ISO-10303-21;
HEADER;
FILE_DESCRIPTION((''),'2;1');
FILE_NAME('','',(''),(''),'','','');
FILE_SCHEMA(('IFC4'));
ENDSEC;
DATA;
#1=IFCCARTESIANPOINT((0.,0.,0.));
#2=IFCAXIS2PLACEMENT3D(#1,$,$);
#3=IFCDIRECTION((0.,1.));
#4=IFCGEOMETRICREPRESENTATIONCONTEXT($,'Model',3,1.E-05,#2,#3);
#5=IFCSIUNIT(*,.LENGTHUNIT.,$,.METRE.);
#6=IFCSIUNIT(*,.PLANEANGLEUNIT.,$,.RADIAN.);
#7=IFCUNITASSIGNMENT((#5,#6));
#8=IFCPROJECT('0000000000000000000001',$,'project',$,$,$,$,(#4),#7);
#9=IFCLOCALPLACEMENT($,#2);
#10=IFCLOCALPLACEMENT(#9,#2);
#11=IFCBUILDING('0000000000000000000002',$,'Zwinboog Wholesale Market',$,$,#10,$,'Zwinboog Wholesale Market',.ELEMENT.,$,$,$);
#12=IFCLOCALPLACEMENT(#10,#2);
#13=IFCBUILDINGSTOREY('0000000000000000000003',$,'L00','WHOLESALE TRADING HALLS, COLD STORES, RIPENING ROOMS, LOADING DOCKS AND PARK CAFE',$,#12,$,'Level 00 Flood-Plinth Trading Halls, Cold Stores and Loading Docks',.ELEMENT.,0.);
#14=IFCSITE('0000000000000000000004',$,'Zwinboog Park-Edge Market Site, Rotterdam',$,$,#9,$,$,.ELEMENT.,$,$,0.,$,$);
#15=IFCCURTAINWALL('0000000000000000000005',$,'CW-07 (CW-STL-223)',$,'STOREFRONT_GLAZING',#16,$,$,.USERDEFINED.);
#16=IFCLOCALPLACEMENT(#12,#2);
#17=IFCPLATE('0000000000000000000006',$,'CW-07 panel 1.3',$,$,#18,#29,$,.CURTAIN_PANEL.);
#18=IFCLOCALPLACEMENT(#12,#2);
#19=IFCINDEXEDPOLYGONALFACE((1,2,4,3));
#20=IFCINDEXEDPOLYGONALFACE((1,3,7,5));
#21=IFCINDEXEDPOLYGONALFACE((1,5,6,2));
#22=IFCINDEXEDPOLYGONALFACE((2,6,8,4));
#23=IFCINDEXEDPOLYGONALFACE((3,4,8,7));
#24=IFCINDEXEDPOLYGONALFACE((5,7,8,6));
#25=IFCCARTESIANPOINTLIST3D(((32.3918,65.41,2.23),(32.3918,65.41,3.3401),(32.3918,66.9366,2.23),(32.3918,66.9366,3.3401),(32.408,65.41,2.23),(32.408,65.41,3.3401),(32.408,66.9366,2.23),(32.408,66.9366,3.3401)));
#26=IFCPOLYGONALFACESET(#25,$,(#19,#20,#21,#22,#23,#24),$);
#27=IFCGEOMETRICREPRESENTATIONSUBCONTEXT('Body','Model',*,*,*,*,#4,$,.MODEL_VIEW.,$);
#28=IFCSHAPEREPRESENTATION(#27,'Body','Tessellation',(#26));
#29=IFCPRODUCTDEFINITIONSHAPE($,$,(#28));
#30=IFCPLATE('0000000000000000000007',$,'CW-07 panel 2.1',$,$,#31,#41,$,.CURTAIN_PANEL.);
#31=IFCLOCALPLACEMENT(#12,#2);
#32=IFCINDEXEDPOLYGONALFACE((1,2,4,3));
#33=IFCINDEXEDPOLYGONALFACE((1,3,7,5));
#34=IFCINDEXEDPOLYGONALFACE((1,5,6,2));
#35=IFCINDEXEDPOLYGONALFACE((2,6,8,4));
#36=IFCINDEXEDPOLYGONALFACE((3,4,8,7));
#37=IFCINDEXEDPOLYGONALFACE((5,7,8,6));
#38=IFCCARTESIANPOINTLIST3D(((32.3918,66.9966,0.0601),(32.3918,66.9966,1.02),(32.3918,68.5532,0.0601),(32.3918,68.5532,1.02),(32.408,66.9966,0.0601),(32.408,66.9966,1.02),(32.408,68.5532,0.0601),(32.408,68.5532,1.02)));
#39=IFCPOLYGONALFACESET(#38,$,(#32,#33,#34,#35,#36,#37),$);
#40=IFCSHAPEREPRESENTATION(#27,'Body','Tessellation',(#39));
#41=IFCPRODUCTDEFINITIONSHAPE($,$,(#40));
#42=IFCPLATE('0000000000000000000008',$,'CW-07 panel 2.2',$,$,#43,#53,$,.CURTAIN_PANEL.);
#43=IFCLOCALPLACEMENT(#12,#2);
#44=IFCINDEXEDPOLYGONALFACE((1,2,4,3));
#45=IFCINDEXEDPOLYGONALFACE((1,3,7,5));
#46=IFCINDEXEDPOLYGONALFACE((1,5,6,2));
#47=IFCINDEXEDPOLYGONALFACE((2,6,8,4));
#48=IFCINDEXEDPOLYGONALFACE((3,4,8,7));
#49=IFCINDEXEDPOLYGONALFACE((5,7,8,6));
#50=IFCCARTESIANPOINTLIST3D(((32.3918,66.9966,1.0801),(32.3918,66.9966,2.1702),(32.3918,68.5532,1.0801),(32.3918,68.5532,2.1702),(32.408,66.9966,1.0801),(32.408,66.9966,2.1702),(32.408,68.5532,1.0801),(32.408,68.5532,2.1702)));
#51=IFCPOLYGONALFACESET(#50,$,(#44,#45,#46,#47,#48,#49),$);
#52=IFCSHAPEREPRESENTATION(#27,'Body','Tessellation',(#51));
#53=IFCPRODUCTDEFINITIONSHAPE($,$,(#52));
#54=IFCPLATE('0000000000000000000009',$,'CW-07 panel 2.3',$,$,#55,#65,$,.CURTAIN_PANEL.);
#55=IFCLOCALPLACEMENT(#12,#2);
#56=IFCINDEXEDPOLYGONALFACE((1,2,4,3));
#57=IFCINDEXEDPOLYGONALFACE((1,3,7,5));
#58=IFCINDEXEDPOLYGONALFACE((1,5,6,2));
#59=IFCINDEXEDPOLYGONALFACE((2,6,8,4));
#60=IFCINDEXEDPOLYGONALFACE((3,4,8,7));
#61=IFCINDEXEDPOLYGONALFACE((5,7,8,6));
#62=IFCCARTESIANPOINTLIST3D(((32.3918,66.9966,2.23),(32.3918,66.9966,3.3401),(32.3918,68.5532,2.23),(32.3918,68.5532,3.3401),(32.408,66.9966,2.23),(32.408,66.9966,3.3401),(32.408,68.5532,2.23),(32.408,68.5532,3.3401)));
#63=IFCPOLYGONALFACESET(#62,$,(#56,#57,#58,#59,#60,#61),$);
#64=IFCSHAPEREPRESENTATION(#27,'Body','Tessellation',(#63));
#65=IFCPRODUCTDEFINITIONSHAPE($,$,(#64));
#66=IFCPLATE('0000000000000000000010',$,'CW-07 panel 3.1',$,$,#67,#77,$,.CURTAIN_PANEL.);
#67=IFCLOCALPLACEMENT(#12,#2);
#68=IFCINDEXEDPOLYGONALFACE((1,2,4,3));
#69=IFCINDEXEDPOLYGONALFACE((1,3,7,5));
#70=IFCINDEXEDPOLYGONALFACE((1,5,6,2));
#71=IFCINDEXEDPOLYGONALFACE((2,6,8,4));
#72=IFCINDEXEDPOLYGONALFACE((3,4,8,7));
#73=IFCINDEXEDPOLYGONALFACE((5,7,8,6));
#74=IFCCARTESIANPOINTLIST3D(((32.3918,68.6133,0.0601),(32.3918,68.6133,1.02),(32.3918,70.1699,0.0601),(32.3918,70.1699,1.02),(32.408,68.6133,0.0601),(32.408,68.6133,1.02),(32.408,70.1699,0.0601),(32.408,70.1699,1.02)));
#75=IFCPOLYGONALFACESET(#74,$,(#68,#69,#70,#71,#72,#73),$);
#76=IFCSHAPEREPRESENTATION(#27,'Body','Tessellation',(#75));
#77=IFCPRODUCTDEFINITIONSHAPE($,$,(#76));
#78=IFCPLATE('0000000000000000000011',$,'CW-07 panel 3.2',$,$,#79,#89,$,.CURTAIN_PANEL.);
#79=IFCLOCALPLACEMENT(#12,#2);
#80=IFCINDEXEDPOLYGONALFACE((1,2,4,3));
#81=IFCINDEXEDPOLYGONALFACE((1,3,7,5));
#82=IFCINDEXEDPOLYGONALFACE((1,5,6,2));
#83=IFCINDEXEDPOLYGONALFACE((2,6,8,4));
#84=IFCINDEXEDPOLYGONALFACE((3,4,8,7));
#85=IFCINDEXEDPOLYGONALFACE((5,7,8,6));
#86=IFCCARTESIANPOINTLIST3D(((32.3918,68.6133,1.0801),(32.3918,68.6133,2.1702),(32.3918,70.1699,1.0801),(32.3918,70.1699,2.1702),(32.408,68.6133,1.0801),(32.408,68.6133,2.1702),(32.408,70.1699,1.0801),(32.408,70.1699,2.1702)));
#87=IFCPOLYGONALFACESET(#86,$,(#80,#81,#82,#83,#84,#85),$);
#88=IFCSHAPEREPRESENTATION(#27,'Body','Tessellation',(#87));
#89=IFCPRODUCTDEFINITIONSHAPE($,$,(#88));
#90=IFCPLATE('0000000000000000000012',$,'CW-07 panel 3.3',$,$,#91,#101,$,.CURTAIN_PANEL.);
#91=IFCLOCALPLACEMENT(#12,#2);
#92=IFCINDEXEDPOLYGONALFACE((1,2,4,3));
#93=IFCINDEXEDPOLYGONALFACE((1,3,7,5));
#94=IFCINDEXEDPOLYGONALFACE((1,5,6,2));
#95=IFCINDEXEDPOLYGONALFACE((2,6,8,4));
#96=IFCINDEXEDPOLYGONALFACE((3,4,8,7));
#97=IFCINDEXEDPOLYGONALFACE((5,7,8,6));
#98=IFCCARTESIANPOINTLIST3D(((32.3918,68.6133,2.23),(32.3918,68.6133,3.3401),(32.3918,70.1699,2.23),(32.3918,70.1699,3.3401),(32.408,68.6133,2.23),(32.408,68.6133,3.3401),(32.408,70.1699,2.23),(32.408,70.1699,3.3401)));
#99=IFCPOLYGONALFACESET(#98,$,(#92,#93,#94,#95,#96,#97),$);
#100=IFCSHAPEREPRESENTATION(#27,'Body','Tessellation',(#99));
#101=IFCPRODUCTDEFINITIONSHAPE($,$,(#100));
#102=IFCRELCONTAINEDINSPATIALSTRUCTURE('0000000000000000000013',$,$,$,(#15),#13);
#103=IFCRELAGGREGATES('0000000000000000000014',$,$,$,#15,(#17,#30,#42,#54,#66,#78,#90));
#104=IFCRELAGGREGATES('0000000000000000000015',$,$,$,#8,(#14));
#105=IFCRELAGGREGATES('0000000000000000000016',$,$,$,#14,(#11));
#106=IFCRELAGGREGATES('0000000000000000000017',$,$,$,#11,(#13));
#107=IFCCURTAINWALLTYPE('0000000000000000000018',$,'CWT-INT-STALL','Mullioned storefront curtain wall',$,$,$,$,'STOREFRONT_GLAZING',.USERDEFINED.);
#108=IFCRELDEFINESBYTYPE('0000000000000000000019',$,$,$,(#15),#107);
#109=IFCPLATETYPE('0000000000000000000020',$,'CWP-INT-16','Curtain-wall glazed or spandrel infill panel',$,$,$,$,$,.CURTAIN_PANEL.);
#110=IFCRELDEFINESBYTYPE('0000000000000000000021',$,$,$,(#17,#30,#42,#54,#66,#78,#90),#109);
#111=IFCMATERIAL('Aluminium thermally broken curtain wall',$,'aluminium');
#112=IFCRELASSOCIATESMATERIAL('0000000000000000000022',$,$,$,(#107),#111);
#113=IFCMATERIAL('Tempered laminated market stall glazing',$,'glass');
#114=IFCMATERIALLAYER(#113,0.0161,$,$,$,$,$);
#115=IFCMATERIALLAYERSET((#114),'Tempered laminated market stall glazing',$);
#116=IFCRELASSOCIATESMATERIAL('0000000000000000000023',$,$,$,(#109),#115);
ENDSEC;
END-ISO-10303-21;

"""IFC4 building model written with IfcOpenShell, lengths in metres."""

from ifc_helpers import new_model, si_unit, direction, frame, origin, origin_2d, place, context, subcontext, project, spatial, rectangle, extrude, material, layer, layer_set, type_object, element, aggregate, save


model = new_model("IFC4")

# Units and contexts
model_context = context("Model", 3, precision=1e-05, world=origin(), true_north=direction((0.0, 1.0)))
body_context = subcontext(model_context, "Body", "Model", "MODEL_VIEW")
ifc_project = project(units=[si_unit("LENGTHUNIT", "METRE"), si_unit("PLANEANGLEUNIT", "RADIAN")], contexts=[model_context])

# Site, building, storey
site_placement = place(None, origin())
site = spatial("IfcSite", under=ifc_project, at=site_placement, Name="Zwinboog Park-Edge Market Site, Rotterdam", CompositionType="ELEMENT", RefElevation=0.0)
building_placement = place(site_placement, origin())
building = spatial("IfcBuilding", under=site, at=building_placement, Name="Zwinboog Wholesale Market", LongName="Zwinboog Wholesale Market", CompositionType="ELEMENT")
storey_placement = place(building_placement, origin())
storey = spatial("IfcBuildingStorey", under=building, at=storey_placement, Name="L00", Description="WHOLESALE TRADING HALLS, COLD STORES, RIPENING ROOMS, LOADING DOCKS AND PARK CAFE", LongName="Level 00 Flood-Plinth Trading Halls, Cold Stores and Loading Docks", CompositionType="ELEMENT", Elevation=0.0)

# Curtain wall, plates
ifc_material_1 = material(Name="Aluminium thermally broken curtain wall", Category="aluminium")
curtain_wall_type = type_object("IfcCurtainWallType", Name="CWT-INT-STALL", Description="Mullioned storefront curtain wall", ElementType="STOREFRONT_GLAZING", PredefinedType="USERDEFINED", material=ifc_material_1)
curtain_wall_placement = place(storey_placement, origin())
curtain_wall = element("IfcCurtainWall", 1, at=curtain_wall_placement, inside=storey, type_object=curtain_wall_type, Name="CW-07 (CW-STL-223)", ObjectType="STOREFRONT_GLAZING", PredefinedType="USERDEFINED")
ifc_material_2 = material(Name="Tempered laminated market stall glazing", Category="glass")
ifc_layer = layer(ifc_material_2, 0.0161)
ifc_layer_set = layer_set([ifc_layer], Name="Tempered laminated market stall glazing")
plate_type = type_object("IfcPlateType", Name="CWP-INT-16", Description="Curtain-wall glazed or spandrel infill panel", PredefinedType="CURTAIN_PANEL", material=ifc_layer_set)
plate_1_placement = place(storey_placement, frame((32.3999, 66.1733, 2.23), z_axis=(0.0, 0.0, 1.0), x_axis=(0.0, 1.0, 0.0)))
plate_1 = element("IfcPlate", 2, at=plate_1_placement, type_object=plate_type, Name="CW-07 panel 1.3", PredefinedType="CURTAIN_PANEL", context=body_context, shape_type="SweptSolid", body=[
    extrude(rectangle(XDim=1.5266, YDim=0.0161, at=origin_2d()), origin(), (0.0, 0.0, 1.0), 1.1101),
])
plate_2_placement = place(storey_placement, frame((32.3999, 67.7749, 0.0601), z_axis=(0.0, 0.0, 1.0), x_axis=(0.0, 1.0, 0.0)))
plate_2 = element("IfcPlate", 3, at=plate_2_placement, type_object=plate_type, Name="CW-07 panel 2.1", PredefinedType="CURTAIN_PANEL", context=body_context, shape_type="SweptSolid", body=[
    extrude(rectangle(XDim=1.5566, YDim=0.0161, at=origin_2d()), origin(), (0.0, 0.0, 1.0), 0.96),
])
plate_3_placement = place(storey_placement, frame((32.3999, 67.7749, 1.0801), z_axis=(0.0, 0.0, 1.0), x_axis=(0.0, 1.0, 0.0)))
plate_3 = element("IfcPlate", 4, at=plate_3_placement, type_object=plate_type, Name="CW-07 panel 2.2", PredefinedType="CURTAIN_PANEL", context=body_context, shape_type="SweptSolid", body=[
    extrude(rectangle(XDim=1.5566, YDim=0.0161, at=origin_2d()), origin(), (0.0, 0.0, 1.0), 1.0901),
])
plate_4_placement = place(storey_placement, frame((32.3999, 67.7749, 2.23), z_axis=(0.0, 0.0, 1.0), x_axis=(0.0, 1.0, 0.0)))
plate_4 = element("IfcPlate", 5, at=plate_4_placement, type_object=plate_type, Name="CW-07 panel 2.3", PredefinedType="CURTAIN_PANEL", context=body_context, shape_type="SweptSolid", body=[
    extrude(rectangle(XDim=1.5566, YDim=0.0161, at=origin_2d()), origin(), (0.0, 0.0, 1.0), 1.1101),
])
plate_5_placement = place(storey_placement, frame((32.3999, 69.3916, 0.0601), z_axis=(0.0, 0.0, 1.0), x_axis=(0.0, 1.0, 0.0)))
plate_5 = element("IfcPlate", 6, at=plate_5_placement, type_object=plate_type, Name="CW-07 panel 3.1", PredefinedType="CURTAIN_PANEL", context=body_context, shape_type="SweptSolid", body=[
    extrude(rectangle(XDim=1.5566, YDim=0.0161, at=origin_2d()), origin(), (0.0, 0.0, 1.0), 0.96),
])
plate_6_placement = place(storey_placement, frame((32.3999, 69.3916, 1.0801), z_axis=(0.0, 0.0, 1.0), x_axis=(0.0, 1.0, 0.0)))
plate_6 = element("IfcPlate", 7, at=plate_6_placement, type_object=plate_type, Name="CW-07 panel 3.2", PredefinedType="CURTAIN_PANEL", context=body_context, shape_type="SweptSolid", body=[
    extrude(rectangle(XDim=1.5566, YDim=0.0161, at=origin_2d()), origin(), (0.0, 0.0, 1.0), 1.0901),
])
plate_7_placement = place(storey_placement, frame((32.3999, 69.3916, 2.23), z_axis=(0.0, 0.0, 1.0), x_axis=(0.0, 1.0, 0.0)))
plate_7 = element("IfcPlate", 8, at=plate_7_placement, type_object=plate_type, Name="CW-07 panel 3.3", PredefinedType="CURTAIN_PANEL", context=body_context, shape_type="SweptSolid", body=[
    extrude(rectangle(XDim=1.5566, YDim=0.0161, at=origin_2d()), origin(), (0.0, 0.0, 1.0), 1.1101),
])
aggregate(curtain_wall, [plate_1, plate_2, plate_3, plate_4, plate_5, plate_6, plate_7])

save(model, "model.ifc")
